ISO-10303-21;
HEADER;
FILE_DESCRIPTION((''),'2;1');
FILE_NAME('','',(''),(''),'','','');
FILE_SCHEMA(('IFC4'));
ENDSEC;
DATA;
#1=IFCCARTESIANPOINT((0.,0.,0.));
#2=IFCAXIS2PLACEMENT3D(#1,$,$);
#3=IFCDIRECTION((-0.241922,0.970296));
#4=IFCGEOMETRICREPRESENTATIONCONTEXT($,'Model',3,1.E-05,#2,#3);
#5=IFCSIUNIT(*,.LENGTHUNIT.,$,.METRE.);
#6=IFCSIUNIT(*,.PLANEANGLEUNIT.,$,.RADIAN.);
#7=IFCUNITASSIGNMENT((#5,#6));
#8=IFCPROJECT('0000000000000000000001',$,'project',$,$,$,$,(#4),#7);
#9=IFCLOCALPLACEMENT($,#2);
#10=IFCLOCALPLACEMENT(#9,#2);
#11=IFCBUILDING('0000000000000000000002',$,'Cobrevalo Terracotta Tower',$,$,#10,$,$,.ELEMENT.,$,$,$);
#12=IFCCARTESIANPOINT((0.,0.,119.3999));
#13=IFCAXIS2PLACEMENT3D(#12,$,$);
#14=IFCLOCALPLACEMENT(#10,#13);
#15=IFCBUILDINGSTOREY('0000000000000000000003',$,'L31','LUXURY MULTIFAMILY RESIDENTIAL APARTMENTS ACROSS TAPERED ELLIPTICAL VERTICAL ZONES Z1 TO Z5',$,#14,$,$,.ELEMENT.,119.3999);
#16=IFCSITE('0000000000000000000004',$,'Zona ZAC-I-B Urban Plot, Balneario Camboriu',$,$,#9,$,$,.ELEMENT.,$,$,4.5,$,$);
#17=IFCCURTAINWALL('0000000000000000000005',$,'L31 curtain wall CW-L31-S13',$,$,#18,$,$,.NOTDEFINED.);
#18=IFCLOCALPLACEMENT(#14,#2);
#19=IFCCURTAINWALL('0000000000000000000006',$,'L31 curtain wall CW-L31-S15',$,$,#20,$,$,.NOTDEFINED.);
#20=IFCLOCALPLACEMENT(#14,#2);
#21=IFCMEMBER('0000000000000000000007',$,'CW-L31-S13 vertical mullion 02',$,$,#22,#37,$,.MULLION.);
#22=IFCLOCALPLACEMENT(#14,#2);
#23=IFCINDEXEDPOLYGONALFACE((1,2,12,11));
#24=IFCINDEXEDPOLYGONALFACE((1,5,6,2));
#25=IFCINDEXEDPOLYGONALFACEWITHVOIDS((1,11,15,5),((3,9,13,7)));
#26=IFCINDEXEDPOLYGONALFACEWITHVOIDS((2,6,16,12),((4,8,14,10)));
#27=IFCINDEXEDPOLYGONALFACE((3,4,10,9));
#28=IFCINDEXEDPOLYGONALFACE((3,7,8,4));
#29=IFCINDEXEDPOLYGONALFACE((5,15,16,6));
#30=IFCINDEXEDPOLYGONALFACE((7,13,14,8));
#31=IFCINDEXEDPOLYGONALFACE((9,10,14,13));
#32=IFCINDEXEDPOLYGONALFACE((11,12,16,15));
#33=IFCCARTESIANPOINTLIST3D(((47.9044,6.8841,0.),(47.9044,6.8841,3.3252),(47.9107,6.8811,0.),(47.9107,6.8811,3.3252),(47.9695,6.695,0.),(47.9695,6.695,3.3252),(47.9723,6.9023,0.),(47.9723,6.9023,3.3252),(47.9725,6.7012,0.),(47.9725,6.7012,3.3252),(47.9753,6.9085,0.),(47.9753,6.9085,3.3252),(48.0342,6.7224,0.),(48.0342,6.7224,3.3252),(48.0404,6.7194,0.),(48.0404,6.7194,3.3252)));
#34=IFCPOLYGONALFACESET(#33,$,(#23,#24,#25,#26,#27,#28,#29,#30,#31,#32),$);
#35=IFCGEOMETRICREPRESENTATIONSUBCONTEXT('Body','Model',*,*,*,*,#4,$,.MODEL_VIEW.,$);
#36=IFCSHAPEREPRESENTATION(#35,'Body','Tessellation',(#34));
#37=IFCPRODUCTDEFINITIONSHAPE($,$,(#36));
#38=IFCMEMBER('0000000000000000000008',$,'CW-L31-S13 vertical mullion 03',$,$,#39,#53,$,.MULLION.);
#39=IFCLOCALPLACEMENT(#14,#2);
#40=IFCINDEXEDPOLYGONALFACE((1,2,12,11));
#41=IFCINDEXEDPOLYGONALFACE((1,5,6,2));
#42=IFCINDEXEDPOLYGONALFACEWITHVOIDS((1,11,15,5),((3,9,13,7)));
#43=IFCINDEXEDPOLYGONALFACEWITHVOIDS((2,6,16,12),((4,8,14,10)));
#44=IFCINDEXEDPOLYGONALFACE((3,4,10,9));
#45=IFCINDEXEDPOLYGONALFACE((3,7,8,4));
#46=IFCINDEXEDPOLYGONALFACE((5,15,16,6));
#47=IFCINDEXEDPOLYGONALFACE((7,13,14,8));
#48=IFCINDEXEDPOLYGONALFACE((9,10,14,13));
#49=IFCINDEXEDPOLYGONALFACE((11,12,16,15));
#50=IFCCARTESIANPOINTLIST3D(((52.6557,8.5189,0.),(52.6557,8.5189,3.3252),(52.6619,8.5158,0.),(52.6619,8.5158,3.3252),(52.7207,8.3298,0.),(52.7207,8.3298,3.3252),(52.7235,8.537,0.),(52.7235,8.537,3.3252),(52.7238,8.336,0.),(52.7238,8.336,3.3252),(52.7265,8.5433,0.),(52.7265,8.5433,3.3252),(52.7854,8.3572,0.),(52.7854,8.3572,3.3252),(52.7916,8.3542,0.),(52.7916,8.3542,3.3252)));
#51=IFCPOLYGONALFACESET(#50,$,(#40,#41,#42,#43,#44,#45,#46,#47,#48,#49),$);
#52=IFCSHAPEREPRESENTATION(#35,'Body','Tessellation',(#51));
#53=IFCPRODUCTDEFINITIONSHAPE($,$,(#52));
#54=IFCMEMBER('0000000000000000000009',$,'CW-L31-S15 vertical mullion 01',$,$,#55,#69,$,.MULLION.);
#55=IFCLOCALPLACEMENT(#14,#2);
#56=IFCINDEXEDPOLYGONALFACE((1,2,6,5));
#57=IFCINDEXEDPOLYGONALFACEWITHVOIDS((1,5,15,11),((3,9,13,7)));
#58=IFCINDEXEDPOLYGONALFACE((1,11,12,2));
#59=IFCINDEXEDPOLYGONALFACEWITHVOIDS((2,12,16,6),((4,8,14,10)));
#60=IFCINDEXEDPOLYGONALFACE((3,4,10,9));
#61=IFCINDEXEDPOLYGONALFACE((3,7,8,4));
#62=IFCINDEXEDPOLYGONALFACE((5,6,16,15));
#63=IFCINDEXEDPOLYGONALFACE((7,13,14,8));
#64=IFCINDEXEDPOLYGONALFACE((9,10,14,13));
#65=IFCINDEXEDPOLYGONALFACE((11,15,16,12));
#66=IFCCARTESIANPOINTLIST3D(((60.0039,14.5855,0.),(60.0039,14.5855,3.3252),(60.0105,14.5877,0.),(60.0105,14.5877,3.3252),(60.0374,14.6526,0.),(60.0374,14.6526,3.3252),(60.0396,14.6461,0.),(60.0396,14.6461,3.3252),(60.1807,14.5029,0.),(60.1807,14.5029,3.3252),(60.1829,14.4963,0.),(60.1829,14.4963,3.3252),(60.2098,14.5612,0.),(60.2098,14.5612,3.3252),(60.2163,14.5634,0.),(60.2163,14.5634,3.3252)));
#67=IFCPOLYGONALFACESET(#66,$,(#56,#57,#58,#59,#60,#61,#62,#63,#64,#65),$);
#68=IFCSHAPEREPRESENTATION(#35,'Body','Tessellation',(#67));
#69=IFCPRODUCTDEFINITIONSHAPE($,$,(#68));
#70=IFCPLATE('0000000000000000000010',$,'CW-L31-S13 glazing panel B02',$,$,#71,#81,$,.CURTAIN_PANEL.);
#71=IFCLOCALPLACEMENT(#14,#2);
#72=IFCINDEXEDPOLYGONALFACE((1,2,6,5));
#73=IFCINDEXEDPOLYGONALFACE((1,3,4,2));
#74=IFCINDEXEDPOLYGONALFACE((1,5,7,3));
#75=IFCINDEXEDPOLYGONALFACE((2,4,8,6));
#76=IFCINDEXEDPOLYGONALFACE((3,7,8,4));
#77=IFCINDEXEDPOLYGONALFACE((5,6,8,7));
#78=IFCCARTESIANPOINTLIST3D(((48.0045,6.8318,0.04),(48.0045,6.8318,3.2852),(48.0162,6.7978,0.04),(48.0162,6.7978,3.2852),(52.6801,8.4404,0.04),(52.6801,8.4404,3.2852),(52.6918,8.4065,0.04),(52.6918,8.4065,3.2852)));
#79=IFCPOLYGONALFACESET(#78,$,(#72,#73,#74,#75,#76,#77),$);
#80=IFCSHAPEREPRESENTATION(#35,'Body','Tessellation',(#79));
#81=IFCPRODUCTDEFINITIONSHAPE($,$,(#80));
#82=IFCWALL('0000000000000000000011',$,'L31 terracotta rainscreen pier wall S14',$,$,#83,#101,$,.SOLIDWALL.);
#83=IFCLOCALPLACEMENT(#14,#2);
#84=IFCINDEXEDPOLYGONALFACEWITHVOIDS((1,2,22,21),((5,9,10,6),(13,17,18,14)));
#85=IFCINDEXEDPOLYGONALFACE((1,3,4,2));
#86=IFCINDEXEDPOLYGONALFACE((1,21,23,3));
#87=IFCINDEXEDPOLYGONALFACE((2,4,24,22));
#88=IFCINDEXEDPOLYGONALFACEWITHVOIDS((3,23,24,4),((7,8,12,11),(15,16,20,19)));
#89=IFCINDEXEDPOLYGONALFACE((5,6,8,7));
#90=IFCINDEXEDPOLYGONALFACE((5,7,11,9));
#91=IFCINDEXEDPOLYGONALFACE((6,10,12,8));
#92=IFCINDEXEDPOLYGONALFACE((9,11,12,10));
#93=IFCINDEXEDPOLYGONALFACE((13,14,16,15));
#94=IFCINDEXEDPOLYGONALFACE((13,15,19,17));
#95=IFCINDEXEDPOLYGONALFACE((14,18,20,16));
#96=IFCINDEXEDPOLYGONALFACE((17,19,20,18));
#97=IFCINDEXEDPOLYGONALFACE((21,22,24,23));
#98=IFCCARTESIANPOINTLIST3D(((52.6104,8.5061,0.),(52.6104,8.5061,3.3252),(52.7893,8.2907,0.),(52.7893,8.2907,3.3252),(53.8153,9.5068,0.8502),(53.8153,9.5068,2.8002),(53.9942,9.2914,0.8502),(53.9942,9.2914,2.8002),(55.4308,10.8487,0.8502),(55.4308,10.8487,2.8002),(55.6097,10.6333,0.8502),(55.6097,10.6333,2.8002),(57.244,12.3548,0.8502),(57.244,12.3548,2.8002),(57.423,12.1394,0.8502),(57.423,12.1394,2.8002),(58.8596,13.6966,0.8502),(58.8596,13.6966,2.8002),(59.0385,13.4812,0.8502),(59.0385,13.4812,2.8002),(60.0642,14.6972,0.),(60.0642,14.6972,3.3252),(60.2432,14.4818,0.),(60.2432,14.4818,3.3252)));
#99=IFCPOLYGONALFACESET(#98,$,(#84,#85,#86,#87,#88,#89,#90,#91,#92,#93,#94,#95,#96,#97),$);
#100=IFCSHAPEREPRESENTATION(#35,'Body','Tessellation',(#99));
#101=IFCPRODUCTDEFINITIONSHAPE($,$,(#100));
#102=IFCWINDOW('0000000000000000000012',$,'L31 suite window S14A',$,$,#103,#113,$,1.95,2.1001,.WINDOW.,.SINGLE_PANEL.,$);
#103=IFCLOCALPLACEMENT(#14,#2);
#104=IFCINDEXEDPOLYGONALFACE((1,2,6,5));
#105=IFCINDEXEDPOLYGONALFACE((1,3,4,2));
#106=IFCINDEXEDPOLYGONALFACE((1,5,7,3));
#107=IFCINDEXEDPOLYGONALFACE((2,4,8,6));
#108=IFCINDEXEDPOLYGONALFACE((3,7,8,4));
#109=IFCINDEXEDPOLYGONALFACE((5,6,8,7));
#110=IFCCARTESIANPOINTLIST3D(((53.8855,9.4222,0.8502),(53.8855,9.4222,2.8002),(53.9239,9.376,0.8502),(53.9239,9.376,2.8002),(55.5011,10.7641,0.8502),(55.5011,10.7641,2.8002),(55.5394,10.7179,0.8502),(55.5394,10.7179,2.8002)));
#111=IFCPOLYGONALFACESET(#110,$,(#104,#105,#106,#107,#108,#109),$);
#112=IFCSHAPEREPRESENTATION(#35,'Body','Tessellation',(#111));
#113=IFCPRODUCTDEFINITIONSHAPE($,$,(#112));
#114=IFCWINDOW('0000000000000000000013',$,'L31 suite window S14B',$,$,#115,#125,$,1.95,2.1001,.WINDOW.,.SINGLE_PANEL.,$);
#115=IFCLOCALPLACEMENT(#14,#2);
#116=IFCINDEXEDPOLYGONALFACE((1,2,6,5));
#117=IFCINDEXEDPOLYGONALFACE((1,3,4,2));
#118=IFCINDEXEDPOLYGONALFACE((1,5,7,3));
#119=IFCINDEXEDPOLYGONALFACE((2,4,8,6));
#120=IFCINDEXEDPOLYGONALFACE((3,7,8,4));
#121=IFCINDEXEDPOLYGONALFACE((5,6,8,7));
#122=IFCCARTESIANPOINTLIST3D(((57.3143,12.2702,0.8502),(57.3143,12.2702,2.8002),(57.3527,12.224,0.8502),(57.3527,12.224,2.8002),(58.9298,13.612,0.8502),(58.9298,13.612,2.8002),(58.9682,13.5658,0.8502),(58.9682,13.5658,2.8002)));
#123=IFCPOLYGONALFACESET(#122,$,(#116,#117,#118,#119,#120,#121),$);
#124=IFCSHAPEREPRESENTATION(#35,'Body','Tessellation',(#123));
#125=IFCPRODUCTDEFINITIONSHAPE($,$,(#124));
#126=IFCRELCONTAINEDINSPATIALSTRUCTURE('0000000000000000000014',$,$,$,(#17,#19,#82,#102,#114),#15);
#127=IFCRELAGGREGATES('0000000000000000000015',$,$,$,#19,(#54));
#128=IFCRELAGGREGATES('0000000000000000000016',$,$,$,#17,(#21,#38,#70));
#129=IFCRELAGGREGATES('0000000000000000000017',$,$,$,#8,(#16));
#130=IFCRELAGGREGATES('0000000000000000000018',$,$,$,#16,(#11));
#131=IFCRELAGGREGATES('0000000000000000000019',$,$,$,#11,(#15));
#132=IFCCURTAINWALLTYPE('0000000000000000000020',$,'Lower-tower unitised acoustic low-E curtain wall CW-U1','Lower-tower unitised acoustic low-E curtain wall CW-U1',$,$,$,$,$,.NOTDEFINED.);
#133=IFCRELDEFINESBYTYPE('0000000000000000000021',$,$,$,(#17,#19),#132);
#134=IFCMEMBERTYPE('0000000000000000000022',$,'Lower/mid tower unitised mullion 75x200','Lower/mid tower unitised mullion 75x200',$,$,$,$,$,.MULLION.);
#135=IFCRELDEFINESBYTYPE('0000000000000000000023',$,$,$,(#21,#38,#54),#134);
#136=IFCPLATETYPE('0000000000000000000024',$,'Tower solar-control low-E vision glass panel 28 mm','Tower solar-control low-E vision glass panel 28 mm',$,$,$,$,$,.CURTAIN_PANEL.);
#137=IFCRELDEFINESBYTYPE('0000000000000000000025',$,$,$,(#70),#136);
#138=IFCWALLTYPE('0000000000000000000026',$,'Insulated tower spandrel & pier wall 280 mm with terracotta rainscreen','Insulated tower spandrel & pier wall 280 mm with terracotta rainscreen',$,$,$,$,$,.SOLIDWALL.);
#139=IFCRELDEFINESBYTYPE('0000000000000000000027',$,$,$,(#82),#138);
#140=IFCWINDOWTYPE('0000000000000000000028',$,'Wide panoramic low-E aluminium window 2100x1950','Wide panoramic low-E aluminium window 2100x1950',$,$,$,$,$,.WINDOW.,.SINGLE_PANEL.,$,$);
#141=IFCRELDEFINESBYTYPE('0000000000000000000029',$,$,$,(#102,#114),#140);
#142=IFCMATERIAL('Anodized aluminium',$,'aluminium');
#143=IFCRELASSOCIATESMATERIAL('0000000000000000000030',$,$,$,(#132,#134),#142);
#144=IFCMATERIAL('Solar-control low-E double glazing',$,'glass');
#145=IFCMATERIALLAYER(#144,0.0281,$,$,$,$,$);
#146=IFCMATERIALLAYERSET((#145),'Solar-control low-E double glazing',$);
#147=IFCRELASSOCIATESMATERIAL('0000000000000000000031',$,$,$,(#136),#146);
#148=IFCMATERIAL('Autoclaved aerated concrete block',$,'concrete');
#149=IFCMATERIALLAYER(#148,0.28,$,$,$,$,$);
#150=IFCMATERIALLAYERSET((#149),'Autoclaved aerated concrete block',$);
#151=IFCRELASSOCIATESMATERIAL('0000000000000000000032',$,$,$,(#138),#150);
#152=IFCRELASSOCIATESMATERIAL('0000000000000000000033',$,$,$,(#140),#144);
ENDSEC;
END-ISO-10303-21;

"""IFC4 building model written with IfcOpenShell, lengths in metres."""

from ifc_helpers import new_model, si_unit, direction, frame, frame_2d, origin, origin_2d, place, context, subcontext, project, spatial, rectangle, hollow_rectangle, extrude, source, transform, mapped, material, layer, layer_set, material_profile, profile_set, type_object, element, fill, aggregate, save


model = new_model("IFC4")

# Units and contexts
model_context = context("Model", 3, precision=1e-05, world=origin(), true_north=direction((-0.241922, 0.970296)))
body_context = subcontext(model_context, "Body", "Model", "MODEL_VIEW")
ifc_project = project(units=[si_unit("LENGTHUNIT", "METRE"), si_unit("PLANEANGLEUNIT", "RADIAN")], contexts=[model_context])

# Site, building, storey
site_placement = place(None, origin())
site = spatial("IfcSite", under=ifc_project, at=site_placement, Name="Zona ZAC-I-B Urban Plot, Balneario Camboriu", CompositionType="ELEMENT", RefElevation=4.5)
building_placement = place(site_placement, origin())
building = spatial("IfcBuilding", under=site, at=building_placement, Name="Cobrevalo Terracotta Tower", CompositionType="ELEMENT")
storey_placement = place(building_placement, frame((0.0, 0.0, 119.3999)))
storey = spatial("IfcBuildingStorey", under=building, at=storey_placement, Name="L31", Description="LUXURY MULTIFAMILY RESIDENTIAL APARTMENTS ACROSS TAPERED ELLIPTICAL VERTICAL ZONES Z1 TO Z5", CompositionType="ELEMENT", Elevation=119.3999)

# Curtain walls
ifc_material_1 = material(Name="Anodized aluminium", Category="aluminium")
curtain_wall_type = type_object("IfcCurtainWallType", Name="Lower-tower unitised acoustic low-E curtain wall CW-U1", Description="Lower-tower unitised acoustic low-E curtain wall CW-U1", PredefinedType="NOTDEFINED", material=ifc_material_1)
curtain_wall_1_placement = place(storey_placement, origin())
curtain_wall_1 = element("IfcCurtainWall", 1, at=curtain_wall_1_placement, inside=storey, type_object=curtain_wall_type, Name="L31 curtain wall CW-L31-S13", PredefinedType="NOTDEFINED")
curtain_wall_2_placement = place(storey_placement, origin())
curtain_wall_2 = element("IfcCurtainWall", 2, at=curtain_wall_2_placement, inside=storey, type_object=curtain_wall_type, Name="L31 curtain wall CW-L31-S15", PredefinedType="NOTDEFINED")

# Members
ifc_material_profile_1 = material_profile(ifc_material_1, hollow_rectangle(XDim=0.075, YDim=0.2, WallThickness=0.0049, at=origin_2d()), Name="CWM 75x200")
ifc_profile_set_1 = profile_set([ifc_material_profile_1], Name="Anodized aluminium")
member_type_1 = type_object("IfcMemberType", Name="Lower/mid tower unitised mullion 75x200", Description="Lower/mid tower unitised mullion 75x200", PredefinedType="MULLION", material=ifc_profile_set_1)
shared_shape_1 = source(origin(), body_context, "Body", "SweptSolid", [
    extrude(hollow_rectangle(XDim=0.075, YDim=0.2, WallThickness=0.0049, at=origin_2d()), origin(), (0.0, 0.0, 1.0), 3.3252),
])
member_1_placement = place(storey_placement, frame((47.9724, 6.8018, 0.0), z_axis=(0.0, 0.0, 1.0), x_axis=(0.945598, 0.325337, 0.0)))
member_1 = element("IfcMember", 3, at=member_1_placement, type_object=member_type_1, Name="CW-L31-S13 vertical mullion 02", PredefinedType="MULLION", context=body_context, shape_type="MappedRepresentation", body=[
    mapped(shared_shape_1, transform((0.0, 0.0, 0.0), scale=1.0)),
])
member_2_placement = place(storey_placement, frame((52.7236, 8.4365, 0.0), z_axis=(0.0, 0.0, 1.0), x_axis=(0.945598, 0.325337, 0.0)))
member_2 = element("IfcMember", 4, at=member_2_placement, type_object=member_type_1, Name="CW-L31-S13 vertical mullion 03", PredefinedType="MULLION", context=body_context, shape_type="MappedRepresentation", body=[
    mapped(shared_shape_1, transform((0.0, 0.0, 0.0), scale=1.0)),
])
member_3_placement = place(storey_placement, frame((60.1101, 14.5745, 0.0), z_axis=(0.0, 0.0, 1.0), x_axis=(0.44626, 0.894903, 0.0)))
member_3 = element("IfcMember", 5, at=member_3_placement, type_object=member_type_1, Name="CW-L31-S15 vertical mullion 01", PredefinedType="MULLION", context=body_context, shape_type="MappedRepresentation", body=[
    mapped(shared_shape_1, transform((0.0, 0.0, 0.0), scale=1.0)),
])
aggregate(curtain_wall_2, [member_3])

# Plate
ifc_material_2 = material(Name="Solar-control low-E double glazing", Category="glass")
ifc_layer_1 = layer(ifc_material_2, 0.0281)
ifc_layer_set_1 = layer_set([ifc_layer_1], Name="Solar-control low-E double glazing")
plate_type = type_object("IfcPlateType", Name="Tower solar-control low-E vision glass panel 28 mm", Description="Tower solar-control low-E vision glass panel 28 mm", PredefinedType="CURTAIN_PANEL", material=ifc_layer_set_1)
shared_shape_2 = source(origin(), body_context, "Body", "SweptSolid", [
    extrude(rectangle(XDim=4.9446, YDim=0.0359, at=origin_2d()), origin(), (0.0, 0.0, 1.0), 3.2451),
])
plate_placement = place(storey_placement, frame((50.3481, 7.6191, 0.04), z_axis=(0.0, 0.0, 1.0), x_axis=(0.945596, 0.325342, 0.0)))
plate = element("IfcPlate", 6, at=plate_placement, type_object=plate_type, Name="CW-L31-S13 glazing panel B02", PredefinedType="CURTAIN_PANEL", context=body_context, shape_type="MappedRepresentation", body=[
    mapped(shared_shape_2, transform((0.0, 0.0, 0.0), scale=1.0)),
])
aggregate(curtain_wall_1, [member_1, member_2, plate])

# Wall, openings, windows
ifc_material_3 = material(Name="Autoclaved aerated concrete block", Category="concrete")
ifc_layer_2 = layer(ifc_material_3, 0.28)
ifc_layer_set_2 = layer_set([ifc_layer_2], Name="Autoclaved aerated concrete block")
wall_type_1 = type_object("IfcWallType", Name="Insulated tower spandrel & pier wall 280 mm with terracotta rainscreen", Description="Insulated tower spandrel & pier wall 280 mm with terracotta rainscreen", PredefinedType="SOLIDWALL", material=ifc_layer_set_2)
wall_1_placement = place(storey_placement, frame((52.7, 8.3984, 0.0), z_axis=(0.0, 0.0, 1.0), x_axis=(0.769255, 0.638942, 0.0)))
wall_1 = element("IfcWall", 7, at=wall_1_placement, inside=storey, type_object=wall_type_1, Name="L31 terracotta rainscreen pier wall S14", PredefinedType="SOLIDWALL", context=body_context, shape_type="SweptSolid", body=[
    extrude(rectangle(XDim=9.6897, YDim=0.28, at=frame_2d((4.8447, 0.0))), origin(), (0.0, 0.0, 1.0), 3.3252),
])
opening_1_placement = place(wall_1_placement, frame((1.5662, 0.0, 0.8501)))
opening_1 = element("IfcOpeningElement", 8, at=opening_1_placement, cuts=wall_1, PredefinedType="OPENING", context=body_context, shape_type="SweptSolid", body=[
    extrude(rectangle(XDim=2.1001, YDim=1.95, at=frame_2d((1.05, 0.9751))), frame((0.0, 0.1499, 0.0), z_axis=(0.0, -1.0, 0.0), x_axis=(1.0, 0.0, 0.0)), (0.0, 0.0, 1.0), 0.3),
])
opening_2_placement = place(wall_1_placement, frame((6.0234, 0.0, 0.8501)))
opening_2 = element("IfcOpeningElement", 9, at=opening_2_placement, cuts=wall_1, PredefinedType="OPENING", context=body_context, shape_type="SweptSolid", body=[
    extrude(rectangle(XDim=2.1001, YDim=1.95, at=frame_2d((1.05, 0.9751))), frame((0.0, 0.1499, 0.0), z_axis=(0.0, -1.0, 0.0), x_axis=(1.0, 0.0, 0.0)), (0.0, 0.0, 1.0), 0.3),
])
window_type = type_object("IfcWindowType", Name="Wide panoramic low-E aluminium window 2100x1950", Description="Wide panoramic low-E aluminium window 2100x1950", PartitioningType="SINGLE_PANEL", PredefinedType="WINDOW", material=ifc_material_2)
shared_shape_3 = source(origin(), body_context, "Body", "SweptSolid", [
    extrude(rectangle(XDim=2.1001, YDim=1.95, at=frame_2d((1.05, 0.9751))), frame((0.0, 0.03, 0.0), z_axis=(0.0, -1.0, 0.0), x_axis=(1.0, 0.0, 0.0)), (0.0, 0.0, 1.0), 0.0601),
])
window_1_placement = place(opening_1_placement, origin())
window_1 = element("IfcWindow", 10, at=window_1_placement, inside=storey, type_object=window_type, Name="L31 suite window S14A", OverallHeight=1.95, OverallWidth=2.1001, PartitioningType="SINGLE_PANEL", PredefinedType="WINDOW", context=body_context, shape_type="MappedRepresentation", body=[
    mapped(shared_shape_3, transform((0.0, 0.0, 0.0), scale=1.0)),
])
fill(opening_1, window_1)
window_2_placement = place(opening_2_placement, origin())
window_2 = element("IfcWindow", 11, at=window_2_placement, inside=storey, type_object=window_type, Name="L31 suite window S14B", OverallHeight=1.95, OverallWidth=2.1001, PartitioningType="SINGLE_PANEL", PredefinedType="WINDOW", context=body_context, shape_type="MappedRepresentation", body=[
    mapped(shared_shape_3, transform((0.0, 0.0, 0.0), scale=1.0)),
])
fill(opening_2, window_2)

save(model, "model.ifc")
